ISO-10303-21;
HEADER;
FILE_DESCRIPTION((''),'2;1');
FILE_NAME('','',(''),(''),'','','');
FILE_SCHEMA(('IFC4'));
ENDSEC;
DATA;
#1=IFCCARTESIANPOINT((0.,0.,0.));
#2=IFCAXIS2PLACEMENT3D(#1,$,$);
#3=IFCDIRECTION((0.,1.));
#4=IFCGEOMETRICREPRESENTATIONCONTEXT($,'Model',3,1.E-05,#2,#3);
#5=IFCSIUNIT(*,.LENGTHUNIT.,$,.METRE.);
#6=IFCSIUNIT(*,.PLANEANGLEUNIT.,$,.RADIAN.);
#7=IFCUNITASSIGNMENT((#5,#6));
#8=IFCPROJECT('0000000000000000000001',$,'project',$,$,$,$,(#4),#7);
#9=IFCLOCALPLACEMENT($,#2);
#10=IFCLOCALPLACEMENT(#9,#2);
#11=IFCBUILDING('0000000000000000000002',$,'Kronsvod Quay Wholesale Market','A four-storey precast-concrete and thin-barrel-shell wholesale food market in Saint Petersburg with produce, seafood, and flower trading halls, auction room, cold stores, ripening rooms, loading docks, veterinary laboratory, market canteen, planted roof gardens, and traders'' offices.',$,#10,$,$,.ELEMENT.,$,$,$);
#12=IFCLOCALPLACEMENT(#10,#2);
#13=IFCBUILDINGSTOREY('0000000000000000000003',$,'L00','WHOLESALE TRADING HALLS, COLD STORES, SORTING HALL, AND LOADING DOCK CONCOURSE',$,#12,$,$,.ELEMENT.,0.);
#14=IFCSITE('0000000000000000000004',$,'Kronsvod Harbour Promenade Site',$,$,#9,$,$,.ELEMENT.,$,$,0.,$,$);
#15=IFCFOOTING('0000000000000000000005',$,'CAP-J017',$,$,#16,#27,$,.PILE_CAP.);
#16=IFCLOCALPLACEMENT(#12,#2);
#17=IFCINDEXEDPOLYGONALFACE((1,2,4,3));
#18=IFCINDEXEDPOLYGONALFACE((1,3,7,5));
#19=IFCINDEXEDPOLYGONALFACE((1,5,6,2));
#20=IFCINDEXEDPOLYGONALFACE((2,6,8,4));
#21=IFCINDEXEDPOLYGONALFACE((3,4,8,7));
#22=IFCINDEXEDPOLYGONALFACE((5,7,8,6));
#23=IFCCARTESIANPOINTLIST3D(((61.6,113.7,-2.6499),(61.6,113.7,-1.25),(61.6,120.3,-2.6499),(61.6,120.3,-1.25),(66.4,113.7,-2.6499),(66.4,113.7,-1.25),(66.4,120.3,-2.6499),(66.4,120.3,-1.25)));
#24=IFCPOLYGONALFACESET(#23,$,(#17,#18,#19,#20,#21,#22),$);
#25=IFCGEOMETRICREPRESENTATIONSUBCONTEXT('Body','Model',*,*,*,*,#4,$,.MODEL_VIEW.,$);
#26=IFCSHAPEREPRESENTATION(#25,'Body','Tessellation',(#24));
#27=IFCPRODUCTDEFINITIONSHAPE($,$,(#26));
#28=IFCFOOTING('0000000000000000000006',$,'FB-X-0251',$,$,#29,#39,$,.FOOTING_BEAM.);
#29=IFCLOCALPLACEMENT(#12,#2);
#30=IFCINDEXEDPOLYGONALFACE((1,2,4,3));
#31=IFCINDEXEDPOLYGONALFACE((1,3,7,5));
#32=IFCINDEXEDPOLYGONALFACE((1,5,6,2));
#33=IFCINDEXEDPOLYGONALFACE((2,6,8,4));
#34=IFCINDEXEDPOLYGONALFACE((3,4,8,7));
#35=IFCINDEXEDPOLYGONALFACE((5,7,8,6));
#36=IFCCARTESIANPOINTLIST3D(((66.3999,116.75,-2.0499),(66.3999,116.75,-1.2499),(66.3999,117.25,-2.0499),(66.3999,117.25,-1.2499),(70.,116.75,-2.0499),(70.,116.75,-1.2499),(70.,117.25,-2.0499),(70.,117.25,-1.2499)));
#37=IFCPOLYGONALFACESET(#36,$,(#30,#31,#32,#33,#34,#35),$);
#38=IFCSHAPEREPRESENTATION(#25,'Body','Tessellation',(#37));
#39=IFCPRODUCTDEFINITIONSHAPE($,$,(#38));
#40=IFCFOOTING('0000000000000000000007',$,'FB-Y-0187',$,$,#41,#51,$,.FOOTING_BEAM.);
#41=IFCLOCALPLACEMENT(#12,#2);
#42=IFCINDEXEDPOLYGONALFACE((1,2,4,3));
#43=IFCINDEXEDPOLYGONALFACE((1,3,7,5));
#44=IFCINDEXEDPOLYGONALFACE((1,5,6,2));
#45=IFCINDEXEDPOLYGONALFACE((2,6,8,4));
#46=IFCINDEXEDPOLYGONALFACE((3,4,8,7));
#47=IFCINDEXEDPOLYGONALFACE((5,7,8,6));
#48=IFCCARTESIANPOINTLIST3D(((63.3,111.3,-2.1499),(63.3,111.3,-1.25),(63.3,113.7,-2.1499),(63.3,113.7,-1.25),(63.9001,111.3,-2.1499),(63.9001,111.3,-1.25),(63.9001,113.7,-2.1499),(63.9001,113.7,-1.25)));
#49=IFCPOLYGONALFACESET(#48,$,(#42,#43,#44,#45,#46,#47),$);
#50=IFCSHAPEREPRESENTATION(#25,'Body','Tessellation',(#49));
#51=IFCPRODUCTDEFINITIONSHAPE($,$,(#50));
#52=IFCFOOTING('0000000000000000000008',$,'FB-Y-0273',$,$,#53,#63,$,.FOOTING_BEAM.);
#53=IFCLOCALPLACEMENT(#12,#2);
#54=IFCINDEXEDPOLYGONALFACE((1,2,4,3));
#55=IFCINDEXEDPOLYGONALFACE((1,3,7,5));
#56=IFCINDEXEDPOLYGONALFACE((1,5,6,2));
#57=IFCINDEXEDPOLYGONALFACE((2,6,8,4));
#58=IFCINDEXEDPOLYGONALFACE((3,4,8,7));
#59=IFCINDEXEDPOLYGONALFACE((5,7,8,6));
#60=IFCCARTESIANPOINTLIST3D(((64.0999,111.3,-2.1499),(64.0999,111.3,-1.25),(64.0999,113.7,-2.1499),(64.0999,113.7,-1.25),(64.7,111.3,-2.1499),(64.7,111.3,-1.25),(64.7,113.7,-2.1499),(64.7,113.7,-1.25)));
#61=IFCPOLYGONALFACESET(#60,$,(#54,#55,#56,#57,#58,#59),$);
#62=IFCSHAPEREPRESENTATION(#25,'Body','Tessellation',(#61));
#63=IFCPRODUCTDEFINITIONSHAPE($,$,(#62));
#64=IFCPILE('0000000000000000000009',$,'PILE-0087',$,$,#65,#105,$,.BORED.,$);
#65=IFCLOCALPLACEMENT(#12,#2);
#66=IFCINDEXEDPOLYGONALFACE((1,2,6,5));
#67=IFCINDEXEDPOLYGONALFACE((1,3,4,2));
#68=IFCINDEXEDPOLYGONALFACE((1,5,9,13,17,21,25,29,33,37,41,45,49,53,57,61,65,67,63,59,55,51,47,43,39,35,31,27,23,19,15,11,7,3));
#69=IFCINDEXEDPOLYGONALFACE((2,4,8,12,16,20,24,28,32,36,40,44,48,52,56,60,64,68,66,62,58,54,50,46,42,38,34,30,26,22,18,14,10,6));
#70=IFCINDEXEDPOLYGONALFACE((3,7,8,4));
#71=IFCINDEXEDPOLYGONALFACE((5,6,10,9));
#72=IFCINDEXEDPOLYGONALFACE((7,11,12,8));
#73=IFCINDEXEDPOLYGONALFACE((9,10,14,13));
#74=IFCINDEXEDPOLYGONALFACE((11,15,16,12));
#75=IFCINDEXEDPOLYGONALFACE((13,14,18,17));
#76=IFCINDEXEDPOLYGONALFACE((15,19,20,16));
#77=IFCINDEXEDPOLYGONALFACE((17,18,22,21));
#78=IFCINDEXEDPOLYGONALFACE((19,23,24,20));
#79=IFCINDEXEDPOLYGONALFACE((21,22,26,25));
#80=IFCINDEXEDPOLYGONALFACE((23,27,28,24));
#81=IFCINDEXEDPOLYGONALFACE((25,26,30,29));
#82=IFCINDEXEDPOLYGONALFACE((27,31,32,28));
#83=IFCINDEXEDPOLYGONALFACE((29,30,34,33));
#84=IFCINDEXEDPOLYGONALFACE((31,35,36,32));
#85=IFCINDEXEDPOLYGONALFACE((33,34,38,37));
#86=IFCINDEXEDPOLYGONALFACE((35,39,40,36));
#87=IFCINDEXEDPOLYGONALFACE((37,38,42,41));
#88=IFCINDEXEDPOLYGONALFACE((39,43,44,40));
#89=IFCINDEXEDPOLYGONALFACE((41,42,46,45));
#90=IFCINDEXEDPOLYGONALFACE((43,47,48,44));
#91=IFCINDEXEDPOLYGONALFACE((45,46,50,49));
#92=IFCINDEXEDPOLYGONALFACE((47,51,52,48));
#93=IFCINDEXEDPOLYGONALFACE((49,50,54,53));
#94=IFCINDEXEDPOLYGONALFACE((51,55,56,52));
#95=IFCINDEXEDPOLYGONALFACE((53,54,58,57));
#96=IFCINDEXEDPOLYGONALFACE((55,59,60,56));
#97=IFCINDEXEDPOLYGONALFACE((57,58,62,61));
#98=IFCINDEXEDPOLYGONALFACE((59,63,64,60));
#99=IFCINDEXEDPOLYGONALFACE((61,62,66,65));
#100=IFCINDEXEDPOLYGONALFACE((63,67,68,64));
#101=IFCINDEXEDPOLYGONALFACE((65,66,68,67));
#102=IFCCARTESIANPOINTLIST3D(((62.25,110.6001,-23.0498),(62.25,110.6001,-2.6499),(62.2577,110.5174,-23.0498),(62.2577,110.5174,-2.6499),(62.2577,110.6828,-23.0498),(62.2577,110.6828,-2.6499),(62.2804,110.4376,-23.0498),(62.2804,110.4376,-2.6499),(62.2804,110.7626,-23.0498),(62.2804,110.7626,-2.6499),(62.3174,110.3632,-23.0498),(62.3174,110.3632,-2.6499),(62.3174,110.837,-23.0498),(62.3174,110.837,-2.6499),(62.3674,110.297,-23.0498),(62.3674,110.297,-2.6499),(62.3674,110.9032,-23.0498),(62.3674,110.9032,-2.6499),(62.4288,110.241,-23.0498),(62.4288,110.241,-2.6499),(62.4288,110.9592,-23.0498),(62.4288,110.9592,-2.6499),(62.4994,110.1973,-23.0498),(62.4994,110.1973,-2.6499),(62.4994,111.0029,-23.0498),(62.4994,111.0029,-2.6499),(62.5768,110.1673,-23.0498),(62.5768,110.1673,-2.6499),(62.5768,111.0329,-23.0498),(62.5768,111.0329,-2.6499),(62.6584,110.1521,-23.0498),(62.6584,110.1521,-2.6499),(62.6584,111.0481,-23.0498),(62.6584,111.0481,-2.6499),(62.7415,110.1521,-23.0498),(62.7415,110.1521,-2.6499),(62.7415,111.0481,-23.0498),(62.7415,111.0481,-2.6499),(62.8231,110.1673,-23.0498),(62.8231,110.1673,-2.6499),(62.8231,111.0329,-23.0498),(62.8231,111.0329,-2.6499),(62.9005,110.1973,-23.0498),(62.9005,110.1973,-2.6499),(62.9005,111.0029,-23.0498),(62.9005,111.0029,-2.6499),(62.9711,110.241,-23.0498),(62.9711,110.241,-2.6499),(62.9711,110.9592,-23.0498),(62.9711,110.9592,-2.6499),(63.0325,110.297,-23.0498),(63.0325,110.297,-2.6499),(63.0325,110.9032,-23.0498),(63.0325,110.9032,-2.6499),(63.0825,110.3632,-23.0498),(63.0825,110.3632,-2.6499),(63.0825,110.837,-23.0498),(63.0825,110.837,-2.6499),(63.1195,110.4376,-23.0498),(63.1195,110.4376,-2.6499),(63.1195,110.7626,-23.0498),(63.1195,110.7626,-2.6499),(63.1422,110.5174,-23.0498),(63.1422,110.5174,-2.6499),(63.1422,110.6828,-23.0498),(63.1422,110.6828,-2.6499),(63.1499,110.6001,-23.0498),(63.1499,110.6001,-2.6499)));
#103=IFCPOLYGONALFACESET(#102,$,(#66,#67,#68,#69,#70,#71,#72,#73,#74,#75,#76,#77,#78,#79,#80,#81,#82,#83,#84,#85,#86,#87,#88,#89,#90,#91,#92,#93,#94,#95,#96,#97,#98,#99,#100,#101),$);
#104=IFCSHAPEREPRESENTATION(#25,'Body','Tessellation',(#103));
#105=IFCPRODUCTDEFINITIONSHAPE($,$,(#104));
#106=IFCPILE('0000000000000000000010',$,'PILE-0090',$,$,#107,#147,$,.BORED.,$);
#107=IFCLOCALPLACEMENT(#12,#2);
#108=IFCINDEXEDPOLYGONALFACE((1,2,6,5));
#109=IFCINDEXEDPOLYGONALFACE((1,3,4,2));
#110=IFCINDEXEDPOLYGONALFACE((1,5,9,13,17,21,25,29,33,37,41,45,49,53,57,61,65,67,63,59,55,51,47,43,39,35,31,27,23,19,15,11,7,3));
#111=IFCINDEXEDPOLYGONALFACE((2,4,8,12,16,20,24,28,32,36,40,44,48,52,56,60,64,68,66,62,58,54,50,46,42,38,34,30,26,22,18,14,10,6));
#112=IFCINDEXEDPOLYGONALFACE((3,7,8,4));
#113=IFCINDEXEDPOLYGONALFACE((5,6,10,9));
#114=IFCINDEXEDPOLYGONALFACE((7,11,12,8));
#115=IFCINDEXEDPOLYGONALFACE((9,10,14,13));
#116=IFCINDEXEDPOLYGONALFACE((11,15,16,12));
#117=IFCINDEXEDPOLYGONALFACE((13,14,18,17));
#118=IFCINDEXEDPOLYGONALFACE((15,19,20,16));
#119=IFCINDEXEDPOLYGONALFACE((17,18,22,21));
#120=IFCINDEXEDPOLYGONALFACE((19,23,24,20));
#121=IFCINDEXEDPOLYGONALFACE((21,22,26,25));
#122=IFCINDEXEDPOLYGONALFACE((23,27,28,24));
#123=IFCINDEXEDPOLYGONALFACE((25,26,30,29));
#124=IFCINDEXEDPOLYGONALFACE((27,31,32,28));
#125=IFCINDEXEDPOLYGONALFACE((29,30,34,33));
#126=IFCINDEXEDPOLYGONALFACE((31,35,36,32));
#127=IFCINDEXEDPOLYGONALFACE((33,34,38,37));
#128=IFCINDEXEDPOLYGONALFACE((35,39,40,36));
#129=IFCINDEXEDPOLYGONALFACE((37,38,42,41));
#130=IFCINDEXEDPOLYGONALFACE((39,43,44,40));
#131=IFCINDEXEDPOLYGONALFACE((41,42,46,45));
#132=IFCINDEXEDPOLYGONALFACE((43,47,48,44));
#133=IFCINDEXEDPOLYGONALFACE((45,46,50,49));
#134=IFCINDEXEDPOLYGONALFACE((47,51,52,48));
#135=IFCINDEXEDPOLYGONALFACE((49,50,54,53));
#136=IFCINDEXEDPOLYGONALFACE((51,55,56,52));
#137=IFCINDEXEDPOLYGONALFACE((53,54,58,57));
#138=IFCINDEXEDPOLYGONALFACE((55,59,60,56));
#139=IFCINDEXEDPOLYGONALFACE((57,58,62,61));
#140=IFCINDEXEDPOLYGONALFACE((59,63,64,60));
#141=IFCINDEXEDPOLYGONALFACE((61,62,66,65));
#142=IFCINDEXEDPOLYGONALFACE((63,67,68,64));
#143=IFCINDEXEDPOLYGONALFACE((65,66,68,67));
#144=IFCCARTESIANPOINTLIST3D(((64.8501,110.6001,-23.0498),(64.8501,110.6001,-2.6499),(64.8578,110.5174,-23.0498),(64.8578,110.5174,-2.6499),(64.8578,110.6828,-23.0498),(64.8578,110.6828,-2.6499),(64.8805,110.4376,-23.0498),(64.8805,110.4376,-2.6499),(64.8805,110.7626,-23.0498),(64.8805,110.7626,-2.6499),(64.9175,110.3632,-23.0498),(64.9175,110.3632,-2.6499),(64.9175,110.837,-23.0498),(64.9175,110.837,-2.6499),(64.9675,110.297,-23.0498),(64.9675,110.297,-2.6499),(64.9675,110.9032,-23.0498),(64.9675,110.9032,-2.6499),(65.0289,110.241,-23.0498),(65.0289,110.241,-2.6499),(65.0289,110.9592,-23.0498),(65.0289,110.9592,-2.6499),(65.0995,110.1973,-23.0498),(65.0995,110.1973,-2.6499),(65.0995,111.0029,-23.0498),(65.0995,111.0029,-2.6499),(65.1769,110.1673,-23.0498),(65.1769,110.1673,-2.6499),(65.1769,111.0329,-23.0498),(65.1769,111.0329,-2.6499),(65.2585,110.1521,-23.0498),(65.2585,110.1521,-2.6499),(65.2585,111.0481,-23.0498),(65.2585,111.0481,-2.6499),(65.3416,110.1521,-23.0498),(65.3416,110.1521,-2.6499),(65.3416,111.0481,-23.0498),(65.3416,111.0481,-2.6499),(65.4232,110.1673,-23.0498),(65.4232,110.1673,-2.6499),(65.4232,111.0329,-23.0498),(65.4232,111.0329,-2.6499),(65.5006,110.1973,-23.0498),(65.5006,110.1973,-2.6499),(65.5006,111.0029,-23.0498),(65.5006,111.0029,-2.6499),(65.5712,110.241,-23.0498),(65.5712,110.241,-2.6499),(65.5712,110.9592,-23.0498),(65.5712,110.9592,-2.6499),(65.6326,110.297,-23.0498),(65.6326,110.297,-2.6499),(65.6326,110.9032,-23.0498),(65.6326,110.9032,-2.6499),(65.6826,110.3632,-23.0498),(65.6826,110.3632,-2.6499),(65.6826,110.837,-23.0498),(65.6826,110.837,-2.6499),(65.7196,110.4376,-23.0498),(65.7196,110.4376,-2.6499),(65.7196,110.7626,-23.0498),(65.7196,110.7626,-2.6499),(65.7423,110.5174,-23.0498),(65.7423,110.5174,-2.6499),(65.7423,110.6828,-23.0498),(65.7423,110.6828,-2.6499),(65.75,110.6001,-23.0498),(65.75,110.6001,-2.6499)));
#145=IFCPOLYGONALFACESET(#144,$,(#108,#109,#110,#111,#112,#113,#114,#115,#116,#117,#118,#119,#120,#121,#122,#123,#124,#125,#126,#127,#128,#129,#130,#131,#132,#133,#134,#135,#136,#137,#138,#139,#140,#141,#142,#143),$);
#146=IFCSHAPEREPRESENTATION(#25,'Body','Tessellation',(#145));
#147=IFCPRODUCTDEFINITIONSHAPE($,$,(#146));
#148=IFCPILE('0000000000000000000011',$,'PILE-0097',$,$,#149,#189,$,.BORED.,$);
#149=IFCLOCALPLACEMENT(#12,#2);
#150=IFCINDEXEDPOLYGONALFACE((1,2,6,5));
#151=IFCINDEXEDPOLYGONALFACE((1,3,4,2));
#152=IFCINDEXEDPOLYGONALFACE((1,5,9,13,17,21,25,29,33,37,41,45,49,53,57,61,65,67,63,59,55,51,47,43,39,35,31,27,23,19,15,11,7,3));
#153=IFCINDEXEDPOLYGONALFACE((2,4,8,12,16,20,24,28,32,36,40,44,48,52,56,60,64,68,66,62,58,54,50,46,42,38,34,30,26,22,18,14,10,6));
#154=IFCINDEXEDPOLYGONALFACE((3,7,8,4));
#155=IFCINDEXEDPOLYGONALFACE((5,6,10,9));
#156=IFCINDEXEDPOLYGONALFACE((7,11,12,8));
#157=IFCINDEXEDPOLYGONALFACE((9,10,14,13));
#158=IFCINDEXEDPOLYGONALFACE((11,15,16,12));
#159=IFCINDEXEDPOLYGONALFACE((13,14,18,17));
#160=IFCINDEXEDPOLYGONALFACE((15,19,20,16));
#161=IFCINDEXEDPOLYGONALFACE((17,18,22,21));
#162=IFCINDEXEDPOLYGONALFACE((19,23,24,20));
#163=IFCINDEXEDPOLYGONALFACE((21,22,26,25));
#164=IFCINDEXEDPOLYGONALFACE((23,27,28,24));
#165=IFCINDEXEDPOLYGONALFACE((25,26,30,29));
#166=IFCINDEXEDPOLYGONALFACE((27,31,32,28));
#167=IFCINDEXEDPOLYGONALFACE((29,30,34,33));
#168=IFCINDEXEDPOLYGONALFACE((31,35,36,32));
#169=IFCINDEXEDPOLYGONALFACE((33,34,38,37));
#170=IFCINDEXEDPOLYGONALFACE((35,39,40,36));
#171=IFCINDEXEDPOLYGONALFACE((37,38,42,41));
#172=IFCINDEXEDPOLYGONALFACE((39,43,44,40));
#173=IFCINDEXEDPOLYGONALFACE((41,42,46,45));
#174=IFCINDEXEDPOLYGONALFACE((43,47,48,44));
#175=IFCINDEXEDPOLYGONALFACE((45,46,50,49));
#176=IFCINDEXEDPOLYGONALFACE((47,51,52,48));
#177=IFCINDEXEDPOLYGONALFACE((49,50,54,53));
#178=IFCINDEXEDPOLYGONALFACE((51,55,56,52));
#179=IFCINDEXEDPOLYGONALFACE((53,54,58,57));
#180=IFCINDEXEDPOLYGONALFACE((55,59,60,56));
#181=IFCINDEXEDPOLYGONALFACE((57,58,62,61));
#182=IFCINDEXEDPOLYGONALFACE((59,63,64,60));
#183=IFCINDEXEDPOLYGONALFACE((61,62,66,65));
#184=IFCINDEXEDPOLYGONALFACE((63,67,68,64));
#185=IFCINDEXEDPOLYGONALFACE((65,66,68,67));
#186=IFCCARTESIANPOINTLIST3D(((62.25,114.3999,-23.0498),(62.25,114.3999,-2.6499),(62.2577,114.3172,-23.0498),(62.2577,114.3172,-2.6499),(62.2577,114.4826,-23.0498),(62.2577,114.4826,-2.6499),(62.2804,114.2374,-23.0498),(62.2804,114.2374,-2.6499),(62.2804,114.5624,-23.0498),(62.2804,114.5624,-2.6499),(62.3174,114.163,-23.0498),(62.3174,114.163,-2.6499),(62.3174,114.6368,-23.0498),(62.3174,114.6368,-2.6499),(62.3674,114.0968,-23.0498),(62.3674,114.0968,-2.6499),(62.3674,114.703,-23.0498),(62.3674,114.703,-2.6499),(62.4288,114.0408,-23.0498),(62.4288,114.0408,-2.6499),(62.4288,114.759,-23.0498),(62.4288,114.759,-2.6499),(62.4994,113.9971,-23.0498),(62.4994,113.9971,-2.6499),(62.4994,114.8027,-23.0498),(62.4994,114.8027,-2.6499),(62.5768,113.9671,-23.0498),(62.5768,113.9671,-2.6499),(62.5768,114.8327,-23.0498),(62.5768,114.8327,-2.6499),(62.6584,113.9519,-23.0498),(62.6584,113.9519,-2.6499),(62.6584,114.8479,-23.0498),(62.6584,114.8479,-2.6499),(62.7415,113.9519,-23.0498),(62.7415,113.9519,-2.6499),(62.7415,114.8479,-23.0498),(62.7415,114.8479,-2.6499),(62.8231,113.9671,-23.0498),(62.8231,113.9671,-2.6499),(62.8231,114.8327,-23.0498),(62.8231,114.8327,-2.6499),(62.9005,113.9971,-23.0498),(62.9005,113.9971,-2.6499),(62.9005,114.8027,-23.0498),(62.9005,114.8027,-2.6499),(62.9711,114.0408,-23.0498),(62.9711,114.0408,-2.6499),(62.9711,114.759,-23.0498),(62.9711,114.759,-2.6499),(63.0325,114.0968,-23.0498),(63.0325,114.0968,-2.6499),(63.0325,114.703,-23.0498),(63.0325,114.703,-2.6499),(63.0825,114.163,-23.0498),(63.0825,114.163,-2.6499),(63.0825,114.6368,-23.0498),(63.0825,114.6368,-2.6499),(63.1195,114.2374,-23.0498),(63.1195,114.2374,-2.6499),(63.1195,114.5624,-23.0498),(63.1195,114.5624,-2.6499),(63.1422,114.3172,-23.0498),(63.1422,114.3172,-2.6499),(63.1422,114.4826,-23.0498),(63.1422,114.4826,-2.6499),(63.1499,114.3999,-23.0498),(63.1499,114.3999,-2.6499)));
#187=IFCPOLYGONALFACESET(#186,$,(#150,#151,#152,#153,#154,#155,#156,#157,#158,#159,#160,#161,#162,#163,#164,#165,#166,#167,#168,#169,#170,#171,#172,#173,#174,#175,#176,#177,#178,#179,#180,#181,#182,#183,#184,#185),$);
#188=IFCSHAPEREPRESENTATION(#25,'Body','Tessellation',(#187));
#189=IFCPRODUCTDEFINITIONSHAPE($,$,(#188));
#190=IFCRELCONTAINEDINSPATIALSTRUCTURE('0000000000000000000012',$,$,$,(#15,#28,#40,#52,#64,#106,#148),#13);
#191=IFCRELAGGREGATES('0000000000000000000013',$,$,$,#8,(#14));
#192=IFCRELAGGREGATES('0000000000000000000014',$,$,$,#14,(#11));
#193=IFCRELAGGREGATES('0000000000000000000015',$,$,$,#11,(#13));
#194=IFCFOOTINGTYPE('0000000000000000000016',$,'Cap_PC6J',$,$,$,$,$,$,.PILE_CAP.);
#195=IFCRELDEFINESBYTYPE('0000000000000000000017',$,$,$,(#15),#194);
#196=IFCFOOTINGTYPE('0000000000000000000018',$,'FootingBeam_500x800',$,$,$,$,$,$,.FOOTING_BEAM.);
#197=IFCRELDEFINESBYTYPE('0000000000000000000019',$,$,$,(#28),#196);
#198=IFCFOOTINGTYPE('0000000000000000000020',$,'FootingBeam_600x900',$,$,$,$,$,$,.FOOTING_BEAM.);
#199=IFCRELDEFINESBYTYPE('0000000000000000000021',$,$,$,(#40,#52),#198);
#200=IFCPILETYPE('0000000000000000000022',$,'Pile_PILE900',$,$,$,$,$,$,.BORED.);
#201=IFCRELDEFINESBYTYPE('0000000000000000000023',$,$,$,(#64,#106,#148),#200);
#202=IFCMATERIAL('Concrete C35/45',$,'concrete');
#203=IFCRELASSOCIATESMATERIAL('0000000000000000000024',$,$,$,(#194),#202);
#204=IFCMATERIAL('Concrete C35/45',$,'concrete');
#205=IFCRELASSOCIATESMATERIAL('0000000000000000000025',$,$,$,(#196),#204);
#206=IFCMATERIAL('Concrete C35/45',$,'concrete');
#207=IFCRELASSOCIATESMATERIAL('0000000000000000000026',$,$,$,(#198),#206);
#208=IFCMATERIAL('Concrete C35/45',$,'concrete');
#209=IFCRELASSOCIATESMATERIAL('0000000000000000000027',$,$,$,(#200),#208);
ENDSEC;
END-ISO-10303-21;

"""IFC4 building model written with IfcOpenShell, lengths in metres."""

from ifc_helpers import new_model, si_unit, direction, frame, origin, origin_2d, place, context, subcontext, project, spatial, rectangle, circle, extrude, material, material_profile, profile_set, type_object, element, save


model = new_model("IFC4")

# Units and contexts
model_context = context("Model", 3, precision=1e-05, world=origin(), true_north=direction((0.0, 1.0)))
body_context = subcontext(model_context, "Body", "Model", "MODEL_VIEW")
ifc_project = project(units=[si_unit("LENGTHUNIT", "METRE"), si_unit("PLANEANGLEUNIT", "RADIAN")], contexts=[model_context])

# Site, building, storey
site_placement = place(None, origin())
site = spatial("IfcSite", under=ifc_project, at=site_placement, Name="Kronsvod Harbour Promenade Site", CompositionType="ELEMENT", RefElevation=0.0)
building_placement = place(site_placement, origin())
building = spatial("IfcBuilding", under=site, at=building_placement, Name="Kronsvod Quay Wholesale Market", Description="A four-storey precast-concrete and thin-barrel-shell wholesale food market in Saint Petersburg with produce, seafood, and flower trading halls, auction room, cold stores, ripening rooms, loading docks, veterinary laboratory, market canteen, planted roof gardens, and traders' offices.", CompositionType="ELEMENT")
storey_placement = place(building_placement, origin())
storey = spatial("IfcBuildingStorey", under=building, at=storey_placement, Name="L00", Description="WHOLESALE TRADING HALLS, COLD STORES, SORTING HALL, AND LOADING DOCK CONCOURSE", CompositionType="ELEMENT", Elevation=0.0)

# Footings
ifc_material_1 = material(Name="Concrete C35/45", Category="concrete")
footing_type_1 = type_object("IfcFootingType", Name="Cap_PC6J", PredefinedType="PILE_CAP", material=ifc_material_1)
footing_1_placement = place(storey_placement, frame((64.0, 117.0, -2.6499), z_axis=(0.0, 0.0, 1.0), x_axis=(1.0, 0.0, 0.0)))
element("IfcFooting", 1, at=footing_1_placement, inside=storey, type_object=footing_type_1, Name="CAP-J017", PredefinedType="PILE_CAP", context=body_context, shape_type="SweptSolid", body=[
    extrude(rectangle(XDim=4.8, YDim=6.6001, at=origin_2d()), origin(), (0.0, 0.0, 1.0), 1.3999),
])
ifc_material_2 = material(Name="Concrete C35/45", Category="concrete")
ifc_material_profile_1 = material_profile(ifc_material_2, rectangle(XDim=0.5, YDim=0.8, at=origin_2d()), Name="FB-01")
ifc_profile_set_1 = profile_set([ifc_material_profile_1], Name="Concrete C35/45")
footing_type_2 = type_object("IfcFootingType", Name="FootingBeam_500x800", PredefinedType="FOOTING_BEAM", material=ifc_profile_set_1)
footing_2_placement = place(storey_placement, frame((66.3999, 117.0, -1.6499), z_axis=(1.0, 0.0, 0.0), x_axis=(0.0, 1.0, 0.0)))
element("IfcFooting", 2, at=footing_2_placement, inside=storey, type_object=footing_type_2, Name="FB-X-0251", PredefinedType="FOOTING_BEAM", context=body_context, shape_type="SweptSolid", body=[
    extrude(rectangle(XDim=0.5, YDim=0.8, at=origin_2d()), origin(), (0.0, 0.0, 1.0), 3.6001),
])
ifc_material_3 = material(Name="Concrete C35/45", Category="concrete")
ifc_material_profile_2 = material_profile(ifc_material_3, rectangle(XDim=0.6001, YDim=0.8999, at=origin_2d()), Name="FB-02")
ifc_profile_set_2 = profile_set([ifc_material_profile_2], Name="Concrete C35/45")
footing_type_3 = type_object("IfcFootingType", Name="FootingBeam_600x900", PredefinedType="FOOTING_BEAM", material=ifc_profile_set_2)
for number, where, z_axis, x_axis, name in (
    (3, (63.6001, 111.3, -1.7), (0.0, 1.0, 0.0), (-1.0, 0.0, 0.0), "FB-Y-0187"),
    (4, (64.3999, 111.3, -1.7), (0.0, 1.0, 0.0), (-1.0, 0.0, 0.0), "FB-Y-0273"),
):
    element("IfcFooting", number, at=place(storey_placement, frame(where, z_axis=z_axis, x_axis=x_axis)), inside=storey, type_object=footing_type_3, Name=name, PredefinedType="FOOTING_BEAM", context=body_context, shape_type="SweptSolid", body=[
        extrude(rectangle(XDim=0.6001, YDim=0.8999, at=origin_2d()), origin(), (0.0, 0.0, 1.0), 2.3999),
    ])

# Piles
ifc_material_4 = material(Name="Concrete C35/45", Category="concrete")
ifc_material_profile_3 = material_profile(ifc_material_4, circle(Radius=0.45, at=origin_2d()), Name="PILE900")
ifc_profile_set_3 = profile_set([ifc_material_profile_3], Name="Concrete C35/45")
pile_type = type_object("IfcPileType", Name="Pile_PILE900", PredefinedType="BORED", material=ifc_profile_set_3)
for number, where, z_axis, x_axis, name in (
    (5, (62.7, 110.6001, -2.6499), (0.0, 0.0, -1.0), (1.0, 0.0, 0.0), "PILE-0087"),
    (6, (65.3, 110.6001, -2.6499), (0.0, 0.0, -1.0), (1.0, 0.0, 0.0), "PILE-0090"),
    (7, (62.7, 114.3999, -2.6499), (0.0, 0.0, -1.0), (1.0, 0.0, 0.0), "PILE-0097"),
):
    element("IfcPile", number, at=place(storey_placement, frame(where, z_axis=z_axis, x_axis=x_axis)), inside=storey, type_object=pile_type, Name=name, PredefinedType="BORED", context=body_context, shape_type="SweptSolid", body=[
        extrude(circle(Radius=0.45, at=origin_2d()), origin(), (0.0, 0.0, 1.0), 20.3999),
    ])

save(model, "model.ifc")
